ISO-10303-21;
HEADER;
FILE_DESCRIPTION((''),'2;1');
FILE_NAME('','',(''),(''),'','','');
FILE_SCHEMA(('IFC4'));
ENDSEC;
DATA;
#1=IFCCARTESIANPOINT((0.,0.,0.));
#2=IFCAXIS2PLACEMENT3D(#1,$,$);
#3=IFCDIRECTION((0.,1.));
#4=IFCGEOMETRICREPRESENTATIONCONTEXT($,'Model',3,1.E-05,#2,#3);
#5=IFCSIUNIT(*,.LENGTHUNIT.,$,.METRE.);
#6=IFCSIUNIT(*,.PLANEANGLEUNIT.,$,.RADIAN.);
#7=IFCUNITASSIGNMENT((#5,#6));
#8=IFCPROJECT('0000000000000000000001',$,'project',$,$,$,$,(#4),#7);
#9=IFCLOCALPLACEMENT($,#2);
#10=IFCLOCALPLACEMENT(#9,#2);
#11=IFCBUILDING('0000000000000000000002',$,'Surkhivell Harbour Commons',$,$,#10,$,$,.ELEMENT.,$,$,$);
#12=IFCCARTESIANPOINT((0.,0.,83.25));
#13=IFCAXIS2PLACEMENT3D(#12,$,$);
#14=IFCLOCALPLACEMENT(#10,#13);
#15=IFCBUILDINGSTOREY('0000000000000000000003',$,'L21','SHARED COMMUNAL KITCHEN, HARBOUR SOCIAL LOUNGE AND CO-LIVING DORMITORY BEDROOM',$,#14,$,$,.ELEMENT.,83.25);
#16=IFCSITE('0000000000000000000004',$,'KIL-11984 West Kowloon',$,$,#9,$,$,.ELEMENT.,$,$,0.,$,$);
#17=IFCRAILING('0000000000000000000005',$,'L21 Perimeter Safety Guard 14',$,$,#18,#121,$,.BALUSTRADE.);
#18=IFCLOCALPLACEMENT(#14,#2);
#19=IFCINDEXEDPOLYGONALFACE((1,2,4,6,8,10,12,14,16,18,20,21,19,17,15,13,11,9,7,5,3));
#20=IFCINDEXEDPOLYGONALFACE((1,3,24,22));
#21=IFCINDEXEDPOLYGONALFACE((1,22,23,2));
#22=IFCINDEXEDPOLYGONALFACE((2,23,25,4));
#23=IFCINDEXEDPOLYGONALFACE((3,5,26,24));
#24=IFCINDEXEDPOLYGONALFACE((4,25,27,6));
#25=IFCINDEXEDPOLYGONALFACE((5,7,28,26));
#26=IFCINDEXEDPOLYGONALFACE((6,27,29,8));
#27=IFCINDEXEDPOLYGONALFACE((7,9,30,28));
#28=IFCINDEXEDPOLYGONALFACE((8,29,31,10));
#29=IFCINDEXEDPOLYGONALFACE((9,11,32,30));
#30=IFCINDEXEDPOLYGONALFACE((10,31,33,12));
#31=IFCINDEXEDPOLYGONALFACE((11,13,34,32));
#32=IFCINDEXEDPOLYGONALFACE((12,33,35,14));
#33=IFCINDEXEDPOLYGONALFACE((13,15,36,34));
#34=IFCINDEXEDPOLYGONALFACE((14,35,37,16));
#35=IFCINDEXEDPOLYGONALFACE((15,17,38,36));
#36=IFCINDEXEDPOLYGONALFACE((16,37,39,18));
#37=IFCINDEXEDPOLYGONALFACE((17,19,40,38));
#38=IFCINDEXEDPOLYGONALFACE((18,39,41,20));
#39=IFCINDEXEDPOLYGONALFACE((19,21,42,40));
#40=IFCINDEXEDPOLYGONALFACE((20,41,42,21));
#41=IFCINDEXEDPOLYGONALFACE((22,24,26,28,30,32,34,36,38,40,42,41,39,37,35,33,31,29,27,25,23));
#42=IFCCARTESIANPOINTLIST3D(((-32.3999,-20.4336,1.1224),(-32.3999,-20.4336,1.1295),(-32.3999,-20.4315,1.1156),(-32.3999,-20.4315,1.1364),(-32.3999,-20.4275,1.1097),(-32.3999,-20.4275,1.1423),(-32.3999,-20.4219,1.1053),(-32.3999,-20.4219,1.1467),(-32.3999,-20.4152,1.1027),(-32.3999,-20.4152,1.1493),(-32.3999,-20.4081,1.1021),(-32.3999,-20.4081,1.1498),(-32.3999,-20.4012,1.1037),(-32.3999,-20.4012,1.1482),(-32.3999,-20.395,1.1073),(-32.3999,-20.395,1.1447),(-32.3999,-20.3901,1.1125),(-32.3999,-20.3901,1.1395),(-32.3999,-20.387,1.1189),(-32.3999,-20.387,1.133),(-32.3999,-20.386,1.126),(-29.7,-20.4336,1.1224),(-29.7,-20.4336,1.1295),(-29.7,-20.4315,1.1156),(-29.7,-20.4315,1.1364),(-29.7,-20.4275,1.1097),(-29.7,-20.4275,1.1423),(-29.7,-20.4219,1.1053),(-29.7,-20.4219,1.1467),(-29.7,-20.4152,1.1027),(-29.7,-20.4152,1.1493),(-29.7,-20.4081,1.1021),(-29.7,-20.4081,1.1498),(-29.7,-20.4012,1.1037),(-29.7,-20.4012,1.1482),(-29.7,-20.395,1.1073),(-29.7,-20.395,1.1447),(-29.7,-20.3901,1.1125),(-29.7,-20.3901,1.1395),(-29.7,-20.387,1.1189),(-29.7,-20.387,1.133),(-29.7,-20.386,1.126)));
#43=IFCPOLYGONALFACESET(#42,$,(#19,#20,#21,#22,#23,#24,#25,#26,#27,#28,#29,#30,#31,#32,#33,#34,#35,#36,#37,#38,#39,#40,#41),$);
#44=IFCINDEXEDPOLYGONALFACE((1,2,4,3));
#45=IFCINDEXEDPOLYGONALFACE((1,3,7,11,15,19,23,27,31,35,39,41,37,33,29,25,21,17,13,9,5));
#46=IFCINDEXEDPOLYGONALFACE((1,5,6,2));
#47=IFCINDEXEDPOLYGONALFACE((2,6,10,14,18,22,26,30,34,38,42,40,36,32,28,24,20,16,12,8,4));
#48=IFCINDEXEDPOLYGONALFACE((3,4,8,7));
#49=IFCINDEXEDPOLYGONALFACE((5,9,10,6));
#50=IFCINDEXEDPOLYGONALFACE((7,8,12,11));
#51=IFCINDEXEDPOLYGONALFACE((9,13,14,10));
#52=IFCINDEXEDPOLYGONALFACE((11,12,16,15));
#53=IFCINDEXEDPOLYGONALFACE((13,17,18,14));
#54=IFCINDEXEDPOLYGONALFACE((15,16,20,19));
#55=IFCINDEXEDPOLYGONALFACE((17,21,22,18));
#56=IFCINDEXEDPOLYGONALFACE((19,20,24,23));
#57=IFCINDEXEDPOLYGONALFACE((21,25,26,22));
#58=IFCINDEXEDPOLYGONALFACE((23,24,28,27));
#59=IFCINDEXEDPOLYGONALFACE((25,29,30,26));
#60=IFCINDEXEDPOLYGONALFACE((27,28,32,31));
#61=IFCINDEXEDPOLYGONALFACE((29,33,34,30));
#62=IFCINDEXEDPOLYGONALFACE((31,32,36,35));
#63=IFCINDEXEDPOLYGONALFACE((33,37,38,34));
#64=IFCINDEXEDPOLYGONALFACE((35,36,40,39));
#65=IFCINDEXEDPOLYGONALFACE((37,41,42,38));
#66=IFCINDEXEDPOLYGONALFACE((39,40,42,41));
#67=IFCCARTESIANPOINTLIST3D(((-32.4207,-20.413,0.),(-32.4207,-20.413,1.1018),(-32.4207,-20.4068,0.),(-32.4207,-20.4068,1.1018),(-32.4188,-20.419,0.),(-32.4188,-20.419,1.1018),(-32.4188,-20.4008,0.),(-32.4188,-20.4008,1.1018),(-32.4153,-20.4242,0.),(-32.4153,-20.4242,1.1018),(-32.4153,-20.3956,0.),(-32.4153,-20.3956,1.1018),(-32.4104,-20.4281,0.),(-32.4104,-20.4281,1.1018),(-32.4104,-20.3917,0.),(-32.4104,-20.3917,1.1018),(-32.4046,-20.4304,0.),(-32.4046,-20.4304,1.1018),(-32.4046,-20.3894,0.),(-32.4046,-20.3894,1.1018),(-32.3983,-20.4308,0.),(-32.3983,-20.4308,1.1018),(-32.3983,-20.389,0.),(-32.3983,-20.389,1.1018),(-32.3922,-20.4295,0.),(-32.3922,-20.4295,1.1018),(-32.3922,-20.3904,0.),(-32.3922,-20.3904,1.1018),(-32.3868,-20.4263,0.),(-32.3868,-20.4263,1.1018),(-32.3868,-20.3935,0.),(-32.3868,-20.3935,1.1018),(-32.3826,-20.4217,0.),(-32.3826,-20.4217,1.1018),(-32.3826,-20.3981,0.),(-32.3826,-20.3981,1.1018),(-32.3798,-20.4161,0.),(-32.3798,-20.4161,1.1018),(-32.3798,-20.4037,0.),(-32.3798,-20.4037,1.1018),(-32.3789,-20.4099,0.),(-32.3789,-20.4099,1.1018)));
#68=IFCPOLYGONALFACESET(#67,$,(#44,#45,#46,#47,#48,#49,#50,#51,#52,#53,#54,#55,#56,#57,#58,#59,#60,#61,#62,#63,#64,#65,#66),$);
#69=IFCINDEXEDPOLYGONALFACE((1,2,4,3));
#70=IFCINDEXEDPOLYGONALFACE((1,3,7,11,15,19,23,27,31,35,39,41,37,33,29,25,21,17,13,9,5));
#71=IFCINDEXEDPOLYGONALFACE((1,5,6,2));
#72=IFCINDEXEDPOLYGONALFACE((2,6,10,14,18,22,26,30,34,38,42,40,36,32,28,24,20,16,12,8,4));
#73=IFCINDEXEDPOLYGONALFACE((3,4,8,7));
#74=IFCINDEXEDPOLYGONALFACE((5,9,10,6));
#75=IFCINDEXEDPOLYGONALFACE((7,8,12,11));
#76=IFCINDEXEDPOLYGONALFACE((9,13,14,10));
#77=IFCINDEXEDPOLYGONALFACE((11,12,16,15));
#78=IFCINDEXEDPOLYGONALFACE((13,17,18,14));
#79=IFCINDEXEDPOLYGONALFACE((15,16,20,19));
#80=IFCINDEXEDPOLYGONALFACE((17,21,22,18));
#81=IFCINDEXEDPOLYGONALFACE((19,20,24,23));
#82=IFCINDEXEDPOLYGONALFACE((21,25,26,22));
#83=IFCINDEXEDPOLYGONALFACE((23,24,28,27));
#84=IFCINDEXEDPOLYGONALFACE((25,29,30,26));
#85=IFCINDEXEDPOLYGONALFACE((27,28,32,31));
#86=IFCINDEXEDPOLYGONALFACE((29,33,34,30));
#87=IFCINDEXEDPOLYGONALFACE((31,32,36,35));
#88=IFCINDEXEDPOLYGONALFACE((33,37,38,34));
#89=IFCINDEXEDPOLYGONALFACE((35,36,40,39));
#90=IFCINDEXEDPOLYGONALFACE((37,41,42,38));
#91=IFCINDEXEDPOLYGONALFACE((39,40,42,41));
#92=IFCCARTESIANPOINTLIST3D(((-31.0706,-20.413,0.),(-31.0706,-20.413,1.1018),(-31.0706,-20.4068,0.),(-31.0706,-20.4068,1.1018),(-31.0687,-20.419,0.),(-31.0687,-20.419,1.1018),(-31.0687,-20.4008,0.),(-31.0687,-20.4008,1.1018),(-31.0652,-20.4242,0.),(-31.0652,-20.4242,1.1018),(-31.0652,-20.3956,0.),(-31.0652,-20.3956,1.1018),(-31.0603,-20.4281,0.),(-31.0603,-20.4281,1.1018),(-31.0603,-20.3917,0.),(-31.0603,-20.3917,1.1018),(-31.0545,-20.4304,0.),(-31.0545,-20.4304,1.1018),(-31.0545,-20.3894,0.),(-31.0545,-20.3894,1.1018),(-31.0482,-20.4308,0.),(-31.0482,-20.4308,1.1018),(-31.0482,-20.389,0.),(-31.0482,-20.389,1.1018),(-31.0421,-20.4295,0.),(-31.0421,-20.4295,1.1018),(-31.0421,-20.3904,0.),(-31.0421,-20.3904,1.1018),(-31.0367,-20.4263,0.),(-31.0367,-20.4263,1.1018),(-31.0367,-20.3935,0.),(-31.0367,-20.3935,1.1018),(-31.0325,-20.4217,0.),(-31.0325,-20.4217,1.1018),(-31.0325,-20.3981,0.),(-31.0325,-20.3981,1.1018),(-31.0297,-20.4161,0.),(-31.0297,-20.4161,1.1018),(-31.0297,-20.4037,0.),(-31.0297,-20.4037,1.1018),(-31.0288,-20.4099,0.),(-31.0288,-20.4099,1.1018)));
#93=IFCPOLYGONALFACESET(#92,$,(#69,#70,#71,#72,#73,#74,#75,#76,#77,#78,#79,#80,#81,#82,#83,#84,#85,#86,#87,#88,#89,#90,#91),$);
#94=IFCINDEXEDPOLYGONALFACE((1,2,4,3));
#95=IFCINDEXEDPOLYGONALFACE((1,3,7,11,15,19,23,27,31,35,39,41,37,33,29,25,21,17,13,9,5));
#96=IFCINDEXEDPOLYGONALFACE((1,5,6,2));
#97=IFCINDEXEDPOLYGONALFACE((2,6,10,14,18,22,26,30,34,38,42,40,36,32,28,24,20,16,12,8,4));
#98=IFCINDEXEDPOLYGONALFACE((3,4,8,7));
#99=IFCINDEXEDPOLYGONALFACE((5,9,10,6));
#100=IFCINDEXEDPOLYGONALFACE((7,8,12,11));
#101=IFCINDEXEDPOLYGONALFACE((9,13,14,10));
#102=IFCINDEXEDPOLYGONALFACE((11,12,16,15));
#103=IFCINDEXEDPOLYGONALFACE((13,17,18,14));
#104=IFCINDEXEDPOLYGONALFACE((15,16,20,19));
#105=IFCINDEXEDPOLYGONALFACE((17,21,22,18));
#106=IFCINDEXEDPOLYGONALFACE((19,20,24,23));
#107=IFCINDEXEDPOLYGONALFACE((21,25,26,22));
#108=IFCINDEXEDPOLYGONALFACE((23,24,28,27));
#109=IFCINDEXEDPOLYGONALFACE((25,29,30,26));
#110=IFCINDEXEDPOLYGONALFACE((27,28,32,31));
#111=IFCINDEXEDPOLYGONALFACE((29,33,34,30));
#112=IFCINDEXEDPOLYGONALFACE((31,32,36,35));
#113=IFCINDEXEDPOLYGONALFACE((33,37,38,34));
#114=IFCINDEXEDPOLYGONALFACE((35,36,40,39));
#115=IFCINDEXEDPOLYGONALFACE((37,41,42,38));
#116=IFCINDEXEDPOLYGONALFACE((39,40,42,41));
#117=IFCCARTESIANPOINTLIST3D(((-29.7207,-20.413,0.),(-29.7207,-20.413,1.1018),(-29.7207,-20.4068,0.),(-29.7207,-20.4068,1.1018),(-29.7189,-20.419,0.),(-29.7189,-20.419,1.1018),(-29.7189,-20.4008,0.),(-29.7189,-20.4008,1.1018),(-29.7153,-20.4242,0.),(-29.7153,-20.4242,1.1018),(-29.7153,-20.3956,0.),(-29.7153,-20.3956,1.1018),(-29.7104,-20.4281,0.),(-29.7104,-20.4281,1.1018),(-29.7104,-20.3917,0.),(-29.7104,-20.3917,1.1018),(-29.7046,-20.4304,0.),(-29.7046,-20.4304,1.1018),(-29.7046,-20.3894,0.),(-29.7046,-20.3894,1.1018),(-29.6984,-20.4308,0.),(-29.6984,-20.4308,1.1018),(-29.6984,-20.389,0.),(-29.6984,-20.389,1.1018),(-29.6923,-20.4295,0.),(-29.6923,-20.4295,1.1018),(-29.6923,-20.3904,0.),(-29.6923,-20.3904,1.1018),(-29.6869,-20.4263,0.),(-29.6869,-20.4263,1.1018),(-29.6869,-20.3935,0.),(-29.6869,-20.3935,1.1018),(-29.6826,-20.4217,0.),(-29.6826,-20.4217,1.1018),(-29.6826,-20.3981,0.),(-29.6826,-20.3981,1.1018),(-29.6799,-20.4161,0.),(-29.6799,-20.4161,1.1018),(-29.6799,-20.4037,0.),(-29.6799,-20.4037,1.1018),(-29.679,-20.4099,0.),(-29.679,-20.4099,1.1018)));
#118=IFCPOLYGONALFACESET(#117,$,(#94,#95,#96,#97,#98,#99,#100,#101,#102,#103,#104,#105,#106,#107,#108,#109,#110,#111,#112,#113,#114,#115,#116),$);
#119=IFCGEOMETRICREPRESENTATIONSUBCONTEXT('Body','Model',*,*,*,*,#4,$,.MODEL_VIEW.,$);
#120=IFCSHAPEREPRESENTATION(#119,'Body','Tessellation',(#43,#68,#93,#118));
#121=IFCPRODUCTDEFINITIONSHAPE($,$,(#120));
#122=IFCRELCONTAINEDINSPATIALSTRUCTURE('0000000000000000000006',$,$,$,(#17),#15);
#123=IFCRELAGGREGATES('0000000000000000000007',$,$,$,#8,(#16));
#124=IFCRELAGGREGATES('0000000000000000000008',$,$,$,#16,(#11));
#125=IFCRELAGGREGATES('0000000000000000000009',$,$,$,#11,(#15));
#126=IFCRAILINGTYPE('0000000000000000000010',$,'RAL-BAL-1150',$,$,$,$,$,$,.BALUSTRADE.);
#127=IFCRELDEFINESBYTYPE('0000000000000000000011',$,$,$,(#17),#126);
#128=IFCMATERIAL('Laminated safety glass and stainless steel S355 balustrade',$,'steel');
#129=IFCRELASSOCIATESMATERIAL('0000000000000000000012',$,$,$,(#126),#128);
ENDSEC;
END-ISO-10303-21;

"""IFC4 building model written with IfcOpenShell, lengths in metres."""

from ifc_helpers import new_model, si_unit, direction, frame, origin, origin_2d, place, context, subcontext, project, spatial, circle, extrude, material, type_object, element, save


model = new_model("IFC4")

# Units and contexts
model_context = context("Model", 3, precision=1e-05, world=origin(), true_north=direction((0.0, 1.0)))
body_context = subcontext(model_context, "Body", "Model", "MODEL_VIEW")
ifc_project = project(units=[si_unit("LENGTHUNIT", "METRE"), si_unit("PLANEANGLEUNIT", "RADIAN")], contexts=[model_context])

# Site, building, storey
site_placement = place(None, origin())
site = spatial("IfcSite", under=ifc_project, at=site_placement, Name="KIL-11984 West Kowloon", CompositionType="ELEMENT", RefElevation=0.0)
building_placement = place(site_placement, origin())
building = spatial("IfcBuilding", under=site, at=building_placement, Name="Surkhivell Harbour Commons", CompositionType="ELEMENT")
storey_placement = place(building_placement, frame((0.0, 0.0, 83.25)))
storey = spatial("IfcBuildingStorey", under=building, at=storey_placement, Name="L21", Description="SHARED COMMUNAL KITCHEN, HARBOUR SOCIAL LOUNGE AND CO-LIVING DORMITORY BEDROOM", CompositionType="ELEMENT", Elevation=83.25)

# Railing
ifc_material_1 = material(Name="Laminated safety glass and stainless steel S355 balustrade", Category="steel")
railing_type = type_object("IfcRailingType", Name="RAL-BAL-1150", PredefinedType="BALUSTRADE", material=ifc_material_1)
railing_1_placement = place(storey_placement, frame((-32.3999, -20.4099, 0.0)))
element("IfcRailing", 1, at=railing_1_placement, inside=storey, type_object=railing_type, Name="L21 Perimeter Safety Guard 14", PredefinedType="BALUSTRADE", context=body_context, shape_type="SweptSolid", body=[
    extrude(circle(Radius=0.0239, at=origin_2d()), frame((0.0, 0.0, 1.126), z_axis=(1.0, 0.0, 0.0), x_axis=(0.0, 1.0, 0.0)), (0.0, 0.0, 1.0), 2.7),
    extrude(circle(Radius=0.021, at=origin_2d()), origin(), (0.0, 0.0, 1.0), 1.1018),
    extrude(circle(Radius=0.021, at=origin_2d()), frame((1.3501, 0.0, 0.0)), (0.0, 0.0, 1.0), 1.1018),
    extrude(circle(Radius=0.021, at=origin_2d()), frame((2.7, 0.0, 0.0)), (0.0, 0.0, 1.0), 1.1018),
])

save(model, "model.ifc")
